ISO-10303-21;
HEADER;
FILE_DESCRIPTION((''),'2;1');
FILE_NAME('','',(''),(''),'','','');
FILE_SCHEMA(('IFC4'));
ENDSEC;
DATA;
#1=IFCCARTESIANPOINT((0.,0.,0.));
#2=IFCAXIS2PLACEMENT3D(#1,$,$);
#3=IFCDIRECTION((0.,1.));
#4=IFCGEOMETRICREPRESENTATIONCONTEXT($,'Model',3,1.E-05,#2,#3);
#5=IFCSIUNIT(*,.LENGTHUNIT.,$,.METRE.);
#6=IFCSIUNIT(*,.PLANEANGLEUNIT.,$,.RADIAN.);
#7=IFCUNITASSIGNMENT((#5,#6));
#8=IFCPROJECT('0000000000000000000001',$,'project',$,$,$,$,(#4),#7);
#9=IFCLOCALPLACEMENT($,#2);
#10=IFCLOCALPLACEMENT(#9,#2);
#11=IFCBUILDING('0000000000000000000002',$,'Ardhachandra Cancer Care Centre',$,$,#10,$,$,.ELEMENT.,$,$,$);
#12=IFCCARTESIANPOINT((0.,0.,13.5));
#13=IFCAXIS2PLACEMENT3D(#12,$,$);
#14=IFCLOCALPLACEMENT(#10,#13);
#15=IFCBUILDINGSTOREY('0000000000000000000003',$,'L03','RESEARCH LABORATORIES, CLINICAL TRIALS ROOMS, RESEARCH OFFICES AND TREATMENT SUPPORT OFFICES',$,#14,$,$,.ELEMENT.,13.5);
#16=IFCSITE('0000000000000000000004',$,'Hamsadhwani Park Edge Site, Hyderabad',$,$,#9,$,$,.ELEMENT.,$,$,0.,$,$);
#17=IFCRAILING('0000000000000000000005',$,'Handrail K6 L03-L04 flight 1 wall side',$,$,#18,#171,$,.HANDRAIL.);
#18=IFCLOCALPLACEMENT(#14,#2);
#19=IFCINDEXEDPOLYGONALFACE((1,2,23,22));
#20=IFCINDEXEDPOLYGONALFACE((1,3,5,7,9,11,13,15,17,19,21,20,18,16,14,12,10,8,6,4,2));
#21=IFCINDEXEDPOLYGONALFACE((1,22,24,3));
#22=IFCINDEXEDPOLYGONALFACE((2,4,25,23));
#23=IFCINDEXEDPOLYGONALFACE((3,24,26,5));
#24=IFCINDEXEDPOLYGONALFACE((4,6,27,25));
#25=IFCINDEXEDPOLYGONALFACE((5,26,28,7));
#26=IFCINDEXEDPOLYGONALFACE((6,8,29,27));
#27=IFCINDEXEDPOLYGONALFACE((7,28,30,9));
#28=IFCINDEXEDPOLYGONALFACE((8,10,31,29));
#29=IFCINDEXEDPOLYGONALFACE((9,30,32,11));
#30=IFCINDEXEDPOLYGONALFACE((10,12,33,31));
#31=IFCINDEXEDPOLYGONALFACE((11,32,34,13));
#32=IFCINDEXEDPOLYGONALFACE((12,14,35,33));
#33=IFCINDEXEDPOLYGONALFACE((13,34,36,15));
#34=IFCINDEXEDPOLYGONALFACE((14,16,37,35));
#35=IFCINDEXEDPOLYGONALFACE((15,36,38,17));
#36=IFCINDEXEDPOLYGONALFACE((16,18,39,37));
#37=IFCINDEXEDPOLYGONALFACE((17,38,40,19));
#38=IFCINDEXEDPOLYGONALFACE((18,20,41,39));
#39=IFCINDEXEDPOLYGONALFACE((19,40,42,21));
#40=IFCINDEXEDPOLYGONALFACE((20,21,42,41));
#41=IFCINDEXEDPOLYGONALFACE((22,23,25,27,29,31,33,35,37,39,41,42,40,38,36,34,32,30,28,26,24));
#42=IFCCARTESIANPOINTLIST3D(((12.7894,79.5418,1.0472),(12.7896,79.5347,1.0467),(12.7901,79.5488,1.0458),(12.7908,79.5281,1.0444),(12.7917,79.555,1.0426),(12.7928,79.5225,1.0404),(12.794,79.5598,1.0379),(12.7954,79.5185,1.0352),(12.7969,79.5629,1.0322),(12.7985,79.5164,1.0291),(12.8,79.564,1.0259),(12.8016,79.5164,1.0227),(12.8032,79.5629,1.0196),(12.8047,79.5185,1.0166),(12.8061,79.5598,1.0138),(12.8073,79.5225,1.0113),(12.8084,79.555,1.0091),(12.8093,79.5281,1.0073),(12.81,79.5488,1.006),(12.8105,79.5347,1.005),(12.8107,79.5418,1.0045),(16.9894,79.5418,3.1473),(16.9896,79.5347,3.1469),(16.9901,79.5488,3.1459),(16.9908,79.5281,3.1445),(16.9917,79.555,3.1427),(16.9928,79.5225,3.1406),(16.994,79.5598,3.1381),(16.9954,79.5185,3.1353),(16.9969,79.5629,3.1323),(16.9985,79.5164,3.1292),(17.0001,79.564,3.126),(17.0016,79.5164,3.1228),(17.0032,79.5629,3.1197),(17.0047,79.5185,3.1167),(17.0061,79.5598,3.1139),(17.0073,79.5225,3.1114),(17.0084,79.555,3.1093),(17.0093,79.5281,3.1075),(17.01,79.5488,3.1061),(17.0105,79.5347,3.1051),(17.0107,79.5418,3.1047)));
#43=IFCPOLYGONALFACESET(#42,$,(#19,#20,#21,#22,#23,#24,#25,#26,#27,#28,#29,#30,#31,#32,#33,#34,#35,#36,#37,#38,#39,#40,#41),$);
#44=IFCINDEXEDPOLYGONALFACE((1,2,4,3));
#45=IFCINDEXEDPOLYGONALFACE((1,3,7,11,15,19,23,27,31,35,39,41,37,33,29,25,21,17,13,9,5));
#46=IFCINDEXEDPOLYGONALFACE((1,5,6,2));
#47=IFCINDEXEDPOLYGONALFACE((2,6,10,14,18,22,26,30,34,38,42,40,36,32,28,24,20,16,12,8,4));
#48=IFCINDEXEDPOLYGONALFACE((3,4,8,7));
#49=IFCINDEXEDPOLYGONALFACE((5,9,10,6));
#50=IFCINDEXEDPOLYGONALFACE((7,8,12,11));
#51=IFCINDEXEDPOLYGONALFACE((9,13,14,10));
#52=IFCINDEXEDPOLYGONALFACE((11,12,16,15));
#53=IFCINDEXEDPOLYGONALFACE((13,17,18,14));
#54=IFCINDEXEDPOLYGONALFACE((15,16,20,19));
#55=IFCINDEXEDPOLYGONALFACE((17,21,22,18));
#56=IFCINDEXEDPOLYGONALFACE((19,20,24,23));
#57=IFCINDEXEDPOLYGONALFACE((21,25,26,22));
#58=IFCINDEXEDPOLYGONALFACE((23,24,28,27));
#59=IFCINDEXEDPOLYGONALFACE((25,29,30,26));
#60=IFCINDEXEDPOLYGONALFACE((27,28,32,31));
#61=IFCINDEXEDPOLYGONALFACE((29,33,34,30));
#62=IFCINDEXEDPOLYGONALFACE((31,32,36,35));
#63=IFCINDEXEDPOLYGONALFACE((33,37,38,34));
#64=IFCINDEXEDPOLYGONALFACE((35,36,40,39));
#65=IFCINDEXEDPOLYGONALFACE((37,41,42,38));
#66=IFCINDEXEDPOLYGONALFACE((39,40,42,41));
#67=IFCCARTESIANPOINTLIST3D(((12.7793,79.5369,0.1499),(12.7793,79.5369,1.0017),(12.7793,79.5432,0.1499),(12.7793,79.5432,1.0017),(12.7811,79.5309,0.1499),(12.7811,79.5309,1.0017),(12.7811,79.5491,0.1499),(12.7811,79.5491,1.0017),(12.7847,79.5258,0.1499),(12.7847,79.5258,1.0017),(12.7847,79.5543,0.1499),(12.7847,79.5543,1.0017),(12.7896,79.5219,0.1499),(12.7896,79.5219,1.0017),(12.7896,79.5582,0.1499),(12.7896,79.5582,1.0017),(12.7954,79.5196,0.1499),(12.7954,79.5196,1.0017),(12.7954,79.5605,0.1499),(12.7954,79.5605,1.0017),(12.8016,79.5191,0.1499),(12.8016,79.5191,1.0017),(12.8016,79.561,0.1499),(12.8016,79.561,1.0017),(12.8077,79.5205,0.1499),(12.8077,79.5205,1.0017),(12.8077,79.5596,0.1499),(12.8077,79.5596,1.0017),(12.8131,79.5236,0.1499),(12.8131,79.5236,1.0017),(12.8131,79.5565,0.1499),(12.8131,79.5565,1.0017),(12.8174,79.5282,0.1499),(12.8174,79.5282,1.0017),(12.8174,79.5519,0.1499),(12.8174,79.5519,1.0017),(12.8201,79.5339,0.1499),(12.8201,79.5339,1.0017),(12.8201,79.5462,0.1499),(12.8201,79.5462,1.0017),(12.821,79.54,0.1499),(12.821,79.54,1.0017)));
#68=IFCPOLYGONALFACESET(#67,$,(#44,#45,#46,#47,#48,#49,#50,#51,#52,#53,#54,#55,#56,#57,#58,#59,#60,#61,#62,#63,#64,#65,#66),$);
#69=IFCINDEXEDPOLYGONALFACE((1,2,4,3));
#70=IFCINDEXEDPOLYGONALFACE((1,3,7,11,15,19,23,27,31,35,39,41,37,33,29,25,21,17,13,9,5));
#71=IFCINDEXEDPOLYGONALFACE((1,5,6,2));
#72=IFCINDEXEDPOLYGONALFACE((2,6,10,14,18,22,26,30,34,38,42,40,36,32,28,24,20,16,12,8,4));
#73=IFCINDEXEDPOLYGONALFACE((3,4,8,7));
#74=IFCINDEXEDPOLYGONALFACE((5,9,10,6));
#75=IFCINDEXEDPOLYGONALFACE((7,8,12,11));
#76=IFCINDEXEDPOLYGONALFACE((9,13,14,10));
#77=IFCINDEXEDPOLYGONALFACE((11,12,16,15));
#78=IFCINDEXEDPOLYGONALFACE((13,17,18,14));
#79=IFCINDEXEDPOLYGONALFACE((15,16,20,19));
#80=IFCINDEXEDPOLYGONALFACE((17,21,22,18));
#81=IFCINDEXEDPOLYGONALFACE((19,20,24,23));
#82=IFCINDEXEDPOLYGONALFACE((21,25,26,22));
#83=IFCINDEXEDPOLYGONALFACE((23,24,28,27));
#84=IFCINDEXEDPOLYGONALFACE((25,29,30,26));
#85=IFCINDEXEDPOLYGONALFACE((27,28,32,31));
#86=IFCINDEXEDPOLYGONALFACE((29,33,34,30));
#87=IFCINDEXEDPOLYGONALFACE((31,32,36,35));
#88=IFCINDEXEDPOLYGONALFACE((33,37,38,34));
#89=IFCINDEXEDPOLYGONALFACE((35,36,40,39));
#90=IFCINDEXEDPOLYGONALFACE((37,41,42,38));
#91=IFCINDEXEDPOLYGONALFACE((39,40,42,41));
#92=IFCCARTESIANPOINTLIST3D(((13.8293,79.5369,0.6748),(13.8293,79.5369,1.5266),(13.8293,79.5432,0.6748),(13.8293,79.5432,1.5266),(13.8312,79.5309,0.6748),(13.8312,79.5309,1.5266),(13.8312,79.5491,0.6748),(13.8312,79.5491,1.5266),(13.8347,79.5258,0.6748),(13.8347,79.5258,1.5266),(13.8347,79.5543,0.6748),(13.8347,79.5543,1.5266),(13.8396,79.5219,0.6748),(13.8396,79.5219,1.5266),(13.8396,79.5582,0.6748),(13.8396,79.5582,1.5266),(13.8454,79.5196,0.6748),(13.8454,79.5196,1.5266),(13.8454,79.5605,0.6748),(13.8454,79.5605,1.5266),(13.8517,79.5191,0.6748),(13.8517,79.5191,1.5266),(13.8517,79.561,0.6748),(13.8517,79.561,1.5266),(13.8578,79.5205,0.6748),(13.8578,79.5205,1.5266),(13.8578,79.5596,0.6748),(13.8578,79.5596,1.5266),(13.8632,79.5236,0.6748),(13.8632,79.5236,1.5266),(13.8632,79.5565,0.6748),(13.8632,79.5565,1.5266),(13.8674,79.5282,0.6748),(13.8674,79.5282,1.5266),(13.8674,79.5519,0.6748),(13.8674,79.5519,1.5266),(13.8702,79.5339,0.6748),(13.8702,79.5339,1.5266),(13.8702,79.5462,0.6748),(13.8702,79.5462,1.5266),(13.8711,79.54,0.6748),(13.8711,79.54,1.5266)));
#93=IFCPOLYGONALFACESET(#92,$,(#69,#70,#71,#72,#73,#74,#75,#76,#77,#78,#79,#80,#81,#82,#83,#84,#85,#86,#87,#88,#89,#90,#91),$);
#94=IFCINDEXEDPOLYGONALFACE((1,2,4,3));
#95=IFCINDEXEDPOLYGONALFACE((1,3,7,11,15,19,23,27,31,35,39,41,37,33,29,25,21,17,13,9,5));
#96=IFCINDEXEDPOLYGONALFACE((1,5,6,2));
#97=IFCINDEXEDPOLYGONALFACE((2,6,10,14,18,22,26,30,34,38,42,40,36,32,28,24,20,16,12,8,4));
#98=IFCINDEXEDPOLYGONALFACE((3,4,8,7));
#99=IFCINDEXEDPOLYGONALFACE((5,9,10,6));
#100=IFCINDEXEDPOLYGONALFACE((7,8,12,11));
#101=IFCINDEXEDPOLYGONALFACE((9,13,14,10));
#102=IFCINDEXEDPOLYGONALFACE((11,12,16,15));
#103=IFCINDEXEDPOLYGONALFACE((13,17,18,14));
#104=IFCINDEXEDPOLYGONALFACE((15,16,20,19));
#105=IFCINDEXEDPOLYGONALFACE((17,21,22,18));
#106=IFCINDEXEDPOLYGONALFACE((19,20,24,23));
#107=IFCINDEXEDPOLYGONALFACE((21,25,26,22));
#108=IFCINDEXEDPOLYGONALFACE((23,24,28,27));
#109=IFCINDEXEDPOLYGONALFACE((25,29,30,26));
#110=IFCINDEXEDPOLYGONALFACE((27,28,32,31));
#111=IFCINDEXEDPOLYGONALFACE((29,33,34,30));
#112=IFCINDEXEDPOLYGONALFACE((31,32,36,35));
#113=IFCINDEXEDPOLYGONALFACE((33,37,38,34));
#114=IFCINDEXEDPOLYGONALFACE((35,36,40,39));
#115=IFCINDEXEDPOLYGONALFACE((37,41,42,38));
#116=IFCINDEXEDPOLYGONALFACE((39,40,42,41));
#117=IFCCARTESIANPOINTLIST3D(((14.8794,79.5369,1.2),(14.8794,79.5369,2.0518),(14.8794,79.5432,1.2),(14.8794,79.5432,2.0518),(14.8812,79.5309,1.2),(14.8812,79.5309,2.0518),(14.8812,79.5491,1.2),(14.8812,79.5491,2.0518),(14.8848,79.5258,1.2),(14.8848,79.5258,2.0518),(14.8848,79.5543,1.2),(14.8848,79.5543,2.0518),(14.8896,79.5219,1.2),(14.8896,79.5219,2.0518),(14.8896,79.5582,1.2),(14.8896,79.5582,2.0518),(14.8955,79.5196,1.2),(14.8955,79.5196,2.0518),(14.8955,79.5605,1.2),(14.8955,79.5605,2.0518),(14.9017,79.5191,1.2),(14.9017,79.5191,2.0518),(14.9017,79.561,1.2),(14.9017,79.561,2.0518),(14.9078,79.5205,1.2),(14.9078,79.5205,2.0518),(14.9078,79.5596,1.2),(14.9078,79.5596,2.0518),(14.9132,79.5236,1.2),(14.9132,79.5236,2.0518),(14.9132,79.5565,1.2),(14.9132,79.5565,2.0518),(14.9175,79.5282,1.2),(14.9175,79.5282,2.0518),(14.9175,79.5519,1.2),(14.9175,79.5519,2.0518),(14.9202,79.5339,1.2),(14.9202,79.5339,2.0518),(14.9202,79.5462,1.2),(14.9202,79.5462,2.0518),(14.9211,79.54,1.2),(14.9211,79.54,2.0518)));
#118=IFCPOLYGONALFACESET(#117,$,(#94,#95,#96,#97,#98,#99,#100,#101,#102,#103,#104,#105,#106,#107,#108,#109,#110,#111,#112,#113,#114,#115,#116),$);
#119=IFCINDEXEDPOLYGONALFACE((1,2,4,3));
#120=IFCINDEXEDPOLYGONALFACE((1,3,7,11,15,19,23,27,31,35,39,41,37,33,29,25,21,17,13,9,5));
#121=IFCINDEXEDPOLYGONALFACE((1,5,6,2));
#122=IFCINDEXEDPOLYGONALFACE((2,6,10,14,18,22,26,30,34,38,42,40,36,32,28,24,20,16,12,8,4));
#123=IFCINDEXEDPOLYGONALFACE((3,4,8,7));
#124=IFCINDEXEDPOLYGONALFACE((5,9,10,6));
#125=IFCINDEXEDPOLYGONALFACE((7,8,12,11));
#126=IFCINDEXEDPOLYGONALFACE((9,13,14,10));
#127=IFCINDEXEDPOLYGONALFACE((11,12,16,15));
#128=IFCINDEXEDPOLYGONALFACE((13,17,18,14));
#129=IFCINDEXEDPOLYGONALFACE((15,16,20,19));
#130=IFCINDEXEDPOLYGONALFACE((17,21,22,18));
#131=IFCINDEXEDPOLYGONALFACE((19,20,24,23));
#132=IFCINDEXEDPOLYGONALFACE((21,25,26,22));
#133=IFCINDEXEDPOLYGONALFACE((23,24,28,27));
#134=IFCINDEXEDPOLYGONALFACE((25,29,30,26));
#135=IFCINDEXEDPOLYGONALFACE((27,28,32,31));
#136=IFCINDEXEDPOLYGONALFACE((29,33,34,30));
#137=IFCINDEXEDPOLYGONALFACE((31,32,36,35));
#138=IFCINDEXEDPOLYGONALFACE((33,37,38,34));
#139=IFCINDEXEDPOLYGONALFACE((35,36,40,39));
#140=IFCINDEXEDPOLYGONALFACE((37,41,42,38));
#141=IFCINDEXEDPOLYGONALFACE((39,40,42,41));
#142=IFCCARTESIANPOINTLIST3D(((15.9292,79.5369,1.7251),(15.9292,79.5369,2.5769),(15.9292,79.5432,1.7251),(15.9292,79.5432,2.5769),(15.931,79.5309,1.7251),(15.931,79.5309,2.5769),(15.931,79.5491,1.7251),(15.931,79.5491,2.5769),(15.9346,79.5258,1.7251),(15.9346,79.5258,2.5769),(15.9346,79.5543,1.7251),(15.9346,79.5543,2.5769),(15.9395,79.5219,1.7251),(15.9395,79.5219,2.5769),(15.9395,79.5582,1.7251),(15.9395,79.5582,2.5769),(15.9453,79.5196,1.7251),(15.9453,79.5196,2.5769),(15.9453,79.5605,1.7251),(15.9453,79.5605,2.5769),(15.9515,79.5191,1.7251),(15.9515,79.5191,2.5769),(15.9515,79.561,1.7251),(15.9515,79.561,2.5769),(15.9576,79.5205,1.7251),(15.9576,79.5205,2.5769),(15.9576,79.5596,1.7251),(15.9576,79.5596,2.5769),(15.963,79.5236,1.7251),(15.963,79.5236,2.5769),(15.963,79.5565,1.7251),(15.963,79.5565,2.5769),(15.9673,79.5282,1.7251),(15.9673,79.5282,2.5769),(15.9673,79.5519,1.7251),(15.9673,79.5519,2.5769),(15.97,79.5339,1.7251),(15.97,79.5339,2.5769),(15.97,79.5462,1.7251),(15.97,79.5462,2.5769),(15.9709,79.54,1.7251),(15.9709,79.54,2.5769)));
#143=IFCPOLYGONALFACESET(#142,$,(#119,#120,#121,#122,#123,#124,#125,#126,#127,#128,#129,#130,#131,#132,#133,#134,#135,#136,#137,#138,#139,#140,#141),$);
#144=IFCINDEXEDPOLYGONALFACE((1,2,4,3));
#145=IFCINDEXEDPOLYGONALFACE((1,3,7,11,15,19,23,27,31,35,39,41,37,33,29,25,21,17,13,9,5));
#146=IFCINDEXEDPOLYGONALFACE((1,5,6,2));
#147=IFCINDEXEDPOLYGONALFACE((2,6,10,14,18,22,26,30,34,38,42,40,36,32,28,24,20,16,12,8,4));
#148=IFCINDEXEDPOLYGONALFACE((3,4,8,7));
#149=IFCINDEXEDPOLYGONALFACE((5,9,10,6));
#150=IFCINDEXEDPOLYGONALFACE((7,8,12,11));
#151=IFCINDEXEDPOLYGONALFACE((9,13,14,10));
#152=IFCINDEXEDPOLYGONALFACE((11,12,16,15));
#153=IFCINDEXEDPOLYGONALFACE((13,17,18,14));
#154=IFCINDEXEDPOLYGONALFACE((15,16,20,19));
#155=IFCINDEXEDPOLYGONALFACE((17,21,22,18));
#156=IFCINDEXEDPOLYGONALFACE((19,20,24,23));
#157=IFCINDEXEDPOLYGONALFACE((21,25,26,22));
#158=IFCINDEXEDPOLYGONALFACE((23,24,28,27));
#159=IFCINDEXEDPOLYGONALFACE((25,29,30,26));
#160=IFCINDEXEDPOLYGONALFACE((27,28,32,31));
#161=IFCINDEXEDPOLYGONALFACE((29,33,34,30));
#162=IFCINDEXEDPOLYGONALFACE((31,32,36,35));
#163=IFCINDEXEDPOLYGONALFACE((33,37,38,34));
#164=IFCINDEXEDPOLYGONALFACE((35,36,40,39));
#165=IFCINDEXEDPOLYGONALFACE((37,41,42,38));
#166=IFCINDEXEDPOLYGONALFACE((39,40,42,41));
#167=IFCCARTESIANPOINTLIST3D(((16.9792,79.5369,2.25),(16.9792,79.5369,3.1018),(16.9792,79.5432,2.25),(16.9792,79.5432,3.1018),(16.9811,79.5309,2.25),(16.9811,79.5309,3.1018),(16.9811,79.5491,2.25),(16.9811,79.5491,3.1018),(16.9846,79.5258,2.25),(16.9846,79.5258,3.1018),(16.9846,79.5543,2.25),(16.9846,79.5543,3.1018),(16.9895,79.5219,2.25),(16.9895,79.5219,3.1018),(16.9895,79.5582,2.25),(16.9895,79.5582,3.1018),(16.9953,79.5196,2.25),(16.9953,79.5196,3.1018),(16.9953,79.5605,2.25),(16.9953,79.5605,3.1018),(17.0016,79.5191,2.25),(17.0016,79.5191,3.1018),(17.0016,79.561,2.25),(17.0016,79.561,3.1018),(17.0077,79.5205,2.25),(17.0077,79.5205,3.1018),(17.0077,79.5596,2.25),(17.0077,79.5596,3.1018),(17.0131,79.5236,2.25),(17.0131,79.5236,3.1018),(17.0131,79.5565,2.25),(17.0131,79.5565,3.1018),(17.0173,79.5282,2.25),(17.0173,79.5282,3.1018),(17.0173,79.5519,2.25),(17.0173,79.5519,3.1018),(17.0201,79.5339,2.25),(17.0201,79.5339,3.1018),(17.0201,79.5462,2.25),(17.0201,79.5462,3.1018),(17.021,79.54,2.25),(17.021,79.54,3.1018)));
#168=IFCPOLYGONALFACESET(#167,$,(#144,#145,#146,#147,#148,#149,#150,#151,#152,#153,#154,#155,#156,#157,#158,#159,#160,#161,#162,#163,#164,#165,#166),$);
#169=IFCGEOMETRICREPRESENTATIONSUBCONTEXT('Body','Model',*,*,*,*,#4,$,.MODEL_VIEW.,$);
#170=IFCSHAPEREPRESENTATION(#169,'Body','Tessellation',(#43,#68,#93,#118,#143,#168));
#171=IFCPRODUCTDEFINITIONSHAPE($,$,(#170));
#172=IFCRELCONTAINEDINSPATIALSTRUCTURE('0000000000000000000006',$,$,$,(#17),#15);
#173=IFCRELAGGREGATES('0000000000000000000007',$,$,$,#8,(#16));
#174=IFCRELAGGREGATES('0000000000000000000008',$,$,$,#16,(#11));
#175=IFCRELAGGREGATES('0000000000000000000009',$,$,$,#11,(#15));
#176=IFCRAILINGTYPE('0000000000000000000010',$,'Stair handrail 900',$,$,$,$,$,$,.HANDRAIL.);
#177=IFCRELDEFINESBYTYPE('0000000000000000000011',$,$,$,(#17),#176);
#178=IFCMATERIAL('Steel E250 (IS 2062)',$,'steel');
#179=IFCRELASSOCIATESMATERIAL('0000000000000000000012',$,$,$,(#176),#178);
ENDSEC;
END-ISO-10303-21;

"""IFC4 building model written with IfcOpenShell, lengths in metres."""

from ifc_helpers import new_model, si_unit, direction, frame, origin, origin_2d, place, context, subcontext, project, spatial, circle, extrude, material, type_object, element, save


model = new_model("IFC4")

# Units and contexts
model_context = context("Model", 3, precision=1e-05, world=origin(), true_north=direction((0.0, 1.0)))
body_context = subcontext(model_context, "Body", "Model", "MODEL_VIEW")
ifc_project = project(units=[si_unit("LENGTHUNIT", "METRE"), si_unit("PLANEANGLEUNIT", "RADIAN")], contexts=[model_context])

# Site, building, storey
site_placement = place(None, origin())
site = spatial("IfcSite", under=ifc_project, at=site_placement, Name="Hamsadhwani Park Edge Site, Hyderabad", CompositionType="ELEMENT", RefElevation=0.0)
building_placement = place(site_placement, origin())
building = spatial("IfcBuilding", under=site, at=building_placement, Name="Ardhachandra Cancer Care Centre", CompositionType="ELEMENT")
storey_placement = place(building_placement, frame((0.0, 0.0, 13.5)))
storey = spatial("IfcBuildingStorey", under=building, at=storey_placement, Name="L03", Description="RESEARCH LABORATORIES, CLINICAL TRIALS ROOMS, RESEARCH OFFICES AND TREATMENT SUPPORT OFFICES", CompositionType="ELEMENT", Elevation=13.5)

# Railing
ifc_material_1 = material(Name="Steel E250 (IS 2062)", Category="steel")
railing_type_1 = type_object("IfcRailingType", Name="Stair handrail 900", PredefinedType="HANDRAIL", material=ifc_material_1)
for number, where, name in (
    (1, (12.8, 79.54, 0.1499), "Handrail K6 L03-L04 flight 1 wall side"),
):
    element("IfcRailing", number, at=place(storey_placement, frame(where)), inside=storey, type_object=railing_type_1, Name=name, PredefinedType="HANDRAIL", context=body_context, shape_type="SweptSolid", body=[
        extrude(circle(Radius=0.0239, at=origin_2d()), frame((0.0, 0.0, 0.876), z_axis=(0.894417, 0.0, 0.447234), x_axis=(0.0, 1.0, 0.0)), (0.0, 0.0, 1.0), 4.6958),
        extrude(circle(Radius=0.021, at=origin_2d()), origin(), (0.0, 0.0, 1.0), 0.8518),
        extrude(circle(Radius=0.021, at=origin_2d()), frame((1.05, 0.0, 0.5249)), (0.0, 0.0, 1.0), 0.8518),
        extrude(circle(Radius=0.021, at=origin_2d()), frame((2.1001, 0.0, 1.05)), (0.0, 0.0, 1.0), 0.8518),
        extrude(circle(Radius=0.021, at=origin_2d()), frame((3.1499, 0.0, 1.5752)), (0.0, 0.0, 1.0), 0.8518),
        extrude(circle(Radius=0.021, at=origin_2d()), frame((4.2, 0.0, 2.1001)), (0.0, 0.0, 1.0), 0.8518),
    ])

save(model, "model.ifc")
